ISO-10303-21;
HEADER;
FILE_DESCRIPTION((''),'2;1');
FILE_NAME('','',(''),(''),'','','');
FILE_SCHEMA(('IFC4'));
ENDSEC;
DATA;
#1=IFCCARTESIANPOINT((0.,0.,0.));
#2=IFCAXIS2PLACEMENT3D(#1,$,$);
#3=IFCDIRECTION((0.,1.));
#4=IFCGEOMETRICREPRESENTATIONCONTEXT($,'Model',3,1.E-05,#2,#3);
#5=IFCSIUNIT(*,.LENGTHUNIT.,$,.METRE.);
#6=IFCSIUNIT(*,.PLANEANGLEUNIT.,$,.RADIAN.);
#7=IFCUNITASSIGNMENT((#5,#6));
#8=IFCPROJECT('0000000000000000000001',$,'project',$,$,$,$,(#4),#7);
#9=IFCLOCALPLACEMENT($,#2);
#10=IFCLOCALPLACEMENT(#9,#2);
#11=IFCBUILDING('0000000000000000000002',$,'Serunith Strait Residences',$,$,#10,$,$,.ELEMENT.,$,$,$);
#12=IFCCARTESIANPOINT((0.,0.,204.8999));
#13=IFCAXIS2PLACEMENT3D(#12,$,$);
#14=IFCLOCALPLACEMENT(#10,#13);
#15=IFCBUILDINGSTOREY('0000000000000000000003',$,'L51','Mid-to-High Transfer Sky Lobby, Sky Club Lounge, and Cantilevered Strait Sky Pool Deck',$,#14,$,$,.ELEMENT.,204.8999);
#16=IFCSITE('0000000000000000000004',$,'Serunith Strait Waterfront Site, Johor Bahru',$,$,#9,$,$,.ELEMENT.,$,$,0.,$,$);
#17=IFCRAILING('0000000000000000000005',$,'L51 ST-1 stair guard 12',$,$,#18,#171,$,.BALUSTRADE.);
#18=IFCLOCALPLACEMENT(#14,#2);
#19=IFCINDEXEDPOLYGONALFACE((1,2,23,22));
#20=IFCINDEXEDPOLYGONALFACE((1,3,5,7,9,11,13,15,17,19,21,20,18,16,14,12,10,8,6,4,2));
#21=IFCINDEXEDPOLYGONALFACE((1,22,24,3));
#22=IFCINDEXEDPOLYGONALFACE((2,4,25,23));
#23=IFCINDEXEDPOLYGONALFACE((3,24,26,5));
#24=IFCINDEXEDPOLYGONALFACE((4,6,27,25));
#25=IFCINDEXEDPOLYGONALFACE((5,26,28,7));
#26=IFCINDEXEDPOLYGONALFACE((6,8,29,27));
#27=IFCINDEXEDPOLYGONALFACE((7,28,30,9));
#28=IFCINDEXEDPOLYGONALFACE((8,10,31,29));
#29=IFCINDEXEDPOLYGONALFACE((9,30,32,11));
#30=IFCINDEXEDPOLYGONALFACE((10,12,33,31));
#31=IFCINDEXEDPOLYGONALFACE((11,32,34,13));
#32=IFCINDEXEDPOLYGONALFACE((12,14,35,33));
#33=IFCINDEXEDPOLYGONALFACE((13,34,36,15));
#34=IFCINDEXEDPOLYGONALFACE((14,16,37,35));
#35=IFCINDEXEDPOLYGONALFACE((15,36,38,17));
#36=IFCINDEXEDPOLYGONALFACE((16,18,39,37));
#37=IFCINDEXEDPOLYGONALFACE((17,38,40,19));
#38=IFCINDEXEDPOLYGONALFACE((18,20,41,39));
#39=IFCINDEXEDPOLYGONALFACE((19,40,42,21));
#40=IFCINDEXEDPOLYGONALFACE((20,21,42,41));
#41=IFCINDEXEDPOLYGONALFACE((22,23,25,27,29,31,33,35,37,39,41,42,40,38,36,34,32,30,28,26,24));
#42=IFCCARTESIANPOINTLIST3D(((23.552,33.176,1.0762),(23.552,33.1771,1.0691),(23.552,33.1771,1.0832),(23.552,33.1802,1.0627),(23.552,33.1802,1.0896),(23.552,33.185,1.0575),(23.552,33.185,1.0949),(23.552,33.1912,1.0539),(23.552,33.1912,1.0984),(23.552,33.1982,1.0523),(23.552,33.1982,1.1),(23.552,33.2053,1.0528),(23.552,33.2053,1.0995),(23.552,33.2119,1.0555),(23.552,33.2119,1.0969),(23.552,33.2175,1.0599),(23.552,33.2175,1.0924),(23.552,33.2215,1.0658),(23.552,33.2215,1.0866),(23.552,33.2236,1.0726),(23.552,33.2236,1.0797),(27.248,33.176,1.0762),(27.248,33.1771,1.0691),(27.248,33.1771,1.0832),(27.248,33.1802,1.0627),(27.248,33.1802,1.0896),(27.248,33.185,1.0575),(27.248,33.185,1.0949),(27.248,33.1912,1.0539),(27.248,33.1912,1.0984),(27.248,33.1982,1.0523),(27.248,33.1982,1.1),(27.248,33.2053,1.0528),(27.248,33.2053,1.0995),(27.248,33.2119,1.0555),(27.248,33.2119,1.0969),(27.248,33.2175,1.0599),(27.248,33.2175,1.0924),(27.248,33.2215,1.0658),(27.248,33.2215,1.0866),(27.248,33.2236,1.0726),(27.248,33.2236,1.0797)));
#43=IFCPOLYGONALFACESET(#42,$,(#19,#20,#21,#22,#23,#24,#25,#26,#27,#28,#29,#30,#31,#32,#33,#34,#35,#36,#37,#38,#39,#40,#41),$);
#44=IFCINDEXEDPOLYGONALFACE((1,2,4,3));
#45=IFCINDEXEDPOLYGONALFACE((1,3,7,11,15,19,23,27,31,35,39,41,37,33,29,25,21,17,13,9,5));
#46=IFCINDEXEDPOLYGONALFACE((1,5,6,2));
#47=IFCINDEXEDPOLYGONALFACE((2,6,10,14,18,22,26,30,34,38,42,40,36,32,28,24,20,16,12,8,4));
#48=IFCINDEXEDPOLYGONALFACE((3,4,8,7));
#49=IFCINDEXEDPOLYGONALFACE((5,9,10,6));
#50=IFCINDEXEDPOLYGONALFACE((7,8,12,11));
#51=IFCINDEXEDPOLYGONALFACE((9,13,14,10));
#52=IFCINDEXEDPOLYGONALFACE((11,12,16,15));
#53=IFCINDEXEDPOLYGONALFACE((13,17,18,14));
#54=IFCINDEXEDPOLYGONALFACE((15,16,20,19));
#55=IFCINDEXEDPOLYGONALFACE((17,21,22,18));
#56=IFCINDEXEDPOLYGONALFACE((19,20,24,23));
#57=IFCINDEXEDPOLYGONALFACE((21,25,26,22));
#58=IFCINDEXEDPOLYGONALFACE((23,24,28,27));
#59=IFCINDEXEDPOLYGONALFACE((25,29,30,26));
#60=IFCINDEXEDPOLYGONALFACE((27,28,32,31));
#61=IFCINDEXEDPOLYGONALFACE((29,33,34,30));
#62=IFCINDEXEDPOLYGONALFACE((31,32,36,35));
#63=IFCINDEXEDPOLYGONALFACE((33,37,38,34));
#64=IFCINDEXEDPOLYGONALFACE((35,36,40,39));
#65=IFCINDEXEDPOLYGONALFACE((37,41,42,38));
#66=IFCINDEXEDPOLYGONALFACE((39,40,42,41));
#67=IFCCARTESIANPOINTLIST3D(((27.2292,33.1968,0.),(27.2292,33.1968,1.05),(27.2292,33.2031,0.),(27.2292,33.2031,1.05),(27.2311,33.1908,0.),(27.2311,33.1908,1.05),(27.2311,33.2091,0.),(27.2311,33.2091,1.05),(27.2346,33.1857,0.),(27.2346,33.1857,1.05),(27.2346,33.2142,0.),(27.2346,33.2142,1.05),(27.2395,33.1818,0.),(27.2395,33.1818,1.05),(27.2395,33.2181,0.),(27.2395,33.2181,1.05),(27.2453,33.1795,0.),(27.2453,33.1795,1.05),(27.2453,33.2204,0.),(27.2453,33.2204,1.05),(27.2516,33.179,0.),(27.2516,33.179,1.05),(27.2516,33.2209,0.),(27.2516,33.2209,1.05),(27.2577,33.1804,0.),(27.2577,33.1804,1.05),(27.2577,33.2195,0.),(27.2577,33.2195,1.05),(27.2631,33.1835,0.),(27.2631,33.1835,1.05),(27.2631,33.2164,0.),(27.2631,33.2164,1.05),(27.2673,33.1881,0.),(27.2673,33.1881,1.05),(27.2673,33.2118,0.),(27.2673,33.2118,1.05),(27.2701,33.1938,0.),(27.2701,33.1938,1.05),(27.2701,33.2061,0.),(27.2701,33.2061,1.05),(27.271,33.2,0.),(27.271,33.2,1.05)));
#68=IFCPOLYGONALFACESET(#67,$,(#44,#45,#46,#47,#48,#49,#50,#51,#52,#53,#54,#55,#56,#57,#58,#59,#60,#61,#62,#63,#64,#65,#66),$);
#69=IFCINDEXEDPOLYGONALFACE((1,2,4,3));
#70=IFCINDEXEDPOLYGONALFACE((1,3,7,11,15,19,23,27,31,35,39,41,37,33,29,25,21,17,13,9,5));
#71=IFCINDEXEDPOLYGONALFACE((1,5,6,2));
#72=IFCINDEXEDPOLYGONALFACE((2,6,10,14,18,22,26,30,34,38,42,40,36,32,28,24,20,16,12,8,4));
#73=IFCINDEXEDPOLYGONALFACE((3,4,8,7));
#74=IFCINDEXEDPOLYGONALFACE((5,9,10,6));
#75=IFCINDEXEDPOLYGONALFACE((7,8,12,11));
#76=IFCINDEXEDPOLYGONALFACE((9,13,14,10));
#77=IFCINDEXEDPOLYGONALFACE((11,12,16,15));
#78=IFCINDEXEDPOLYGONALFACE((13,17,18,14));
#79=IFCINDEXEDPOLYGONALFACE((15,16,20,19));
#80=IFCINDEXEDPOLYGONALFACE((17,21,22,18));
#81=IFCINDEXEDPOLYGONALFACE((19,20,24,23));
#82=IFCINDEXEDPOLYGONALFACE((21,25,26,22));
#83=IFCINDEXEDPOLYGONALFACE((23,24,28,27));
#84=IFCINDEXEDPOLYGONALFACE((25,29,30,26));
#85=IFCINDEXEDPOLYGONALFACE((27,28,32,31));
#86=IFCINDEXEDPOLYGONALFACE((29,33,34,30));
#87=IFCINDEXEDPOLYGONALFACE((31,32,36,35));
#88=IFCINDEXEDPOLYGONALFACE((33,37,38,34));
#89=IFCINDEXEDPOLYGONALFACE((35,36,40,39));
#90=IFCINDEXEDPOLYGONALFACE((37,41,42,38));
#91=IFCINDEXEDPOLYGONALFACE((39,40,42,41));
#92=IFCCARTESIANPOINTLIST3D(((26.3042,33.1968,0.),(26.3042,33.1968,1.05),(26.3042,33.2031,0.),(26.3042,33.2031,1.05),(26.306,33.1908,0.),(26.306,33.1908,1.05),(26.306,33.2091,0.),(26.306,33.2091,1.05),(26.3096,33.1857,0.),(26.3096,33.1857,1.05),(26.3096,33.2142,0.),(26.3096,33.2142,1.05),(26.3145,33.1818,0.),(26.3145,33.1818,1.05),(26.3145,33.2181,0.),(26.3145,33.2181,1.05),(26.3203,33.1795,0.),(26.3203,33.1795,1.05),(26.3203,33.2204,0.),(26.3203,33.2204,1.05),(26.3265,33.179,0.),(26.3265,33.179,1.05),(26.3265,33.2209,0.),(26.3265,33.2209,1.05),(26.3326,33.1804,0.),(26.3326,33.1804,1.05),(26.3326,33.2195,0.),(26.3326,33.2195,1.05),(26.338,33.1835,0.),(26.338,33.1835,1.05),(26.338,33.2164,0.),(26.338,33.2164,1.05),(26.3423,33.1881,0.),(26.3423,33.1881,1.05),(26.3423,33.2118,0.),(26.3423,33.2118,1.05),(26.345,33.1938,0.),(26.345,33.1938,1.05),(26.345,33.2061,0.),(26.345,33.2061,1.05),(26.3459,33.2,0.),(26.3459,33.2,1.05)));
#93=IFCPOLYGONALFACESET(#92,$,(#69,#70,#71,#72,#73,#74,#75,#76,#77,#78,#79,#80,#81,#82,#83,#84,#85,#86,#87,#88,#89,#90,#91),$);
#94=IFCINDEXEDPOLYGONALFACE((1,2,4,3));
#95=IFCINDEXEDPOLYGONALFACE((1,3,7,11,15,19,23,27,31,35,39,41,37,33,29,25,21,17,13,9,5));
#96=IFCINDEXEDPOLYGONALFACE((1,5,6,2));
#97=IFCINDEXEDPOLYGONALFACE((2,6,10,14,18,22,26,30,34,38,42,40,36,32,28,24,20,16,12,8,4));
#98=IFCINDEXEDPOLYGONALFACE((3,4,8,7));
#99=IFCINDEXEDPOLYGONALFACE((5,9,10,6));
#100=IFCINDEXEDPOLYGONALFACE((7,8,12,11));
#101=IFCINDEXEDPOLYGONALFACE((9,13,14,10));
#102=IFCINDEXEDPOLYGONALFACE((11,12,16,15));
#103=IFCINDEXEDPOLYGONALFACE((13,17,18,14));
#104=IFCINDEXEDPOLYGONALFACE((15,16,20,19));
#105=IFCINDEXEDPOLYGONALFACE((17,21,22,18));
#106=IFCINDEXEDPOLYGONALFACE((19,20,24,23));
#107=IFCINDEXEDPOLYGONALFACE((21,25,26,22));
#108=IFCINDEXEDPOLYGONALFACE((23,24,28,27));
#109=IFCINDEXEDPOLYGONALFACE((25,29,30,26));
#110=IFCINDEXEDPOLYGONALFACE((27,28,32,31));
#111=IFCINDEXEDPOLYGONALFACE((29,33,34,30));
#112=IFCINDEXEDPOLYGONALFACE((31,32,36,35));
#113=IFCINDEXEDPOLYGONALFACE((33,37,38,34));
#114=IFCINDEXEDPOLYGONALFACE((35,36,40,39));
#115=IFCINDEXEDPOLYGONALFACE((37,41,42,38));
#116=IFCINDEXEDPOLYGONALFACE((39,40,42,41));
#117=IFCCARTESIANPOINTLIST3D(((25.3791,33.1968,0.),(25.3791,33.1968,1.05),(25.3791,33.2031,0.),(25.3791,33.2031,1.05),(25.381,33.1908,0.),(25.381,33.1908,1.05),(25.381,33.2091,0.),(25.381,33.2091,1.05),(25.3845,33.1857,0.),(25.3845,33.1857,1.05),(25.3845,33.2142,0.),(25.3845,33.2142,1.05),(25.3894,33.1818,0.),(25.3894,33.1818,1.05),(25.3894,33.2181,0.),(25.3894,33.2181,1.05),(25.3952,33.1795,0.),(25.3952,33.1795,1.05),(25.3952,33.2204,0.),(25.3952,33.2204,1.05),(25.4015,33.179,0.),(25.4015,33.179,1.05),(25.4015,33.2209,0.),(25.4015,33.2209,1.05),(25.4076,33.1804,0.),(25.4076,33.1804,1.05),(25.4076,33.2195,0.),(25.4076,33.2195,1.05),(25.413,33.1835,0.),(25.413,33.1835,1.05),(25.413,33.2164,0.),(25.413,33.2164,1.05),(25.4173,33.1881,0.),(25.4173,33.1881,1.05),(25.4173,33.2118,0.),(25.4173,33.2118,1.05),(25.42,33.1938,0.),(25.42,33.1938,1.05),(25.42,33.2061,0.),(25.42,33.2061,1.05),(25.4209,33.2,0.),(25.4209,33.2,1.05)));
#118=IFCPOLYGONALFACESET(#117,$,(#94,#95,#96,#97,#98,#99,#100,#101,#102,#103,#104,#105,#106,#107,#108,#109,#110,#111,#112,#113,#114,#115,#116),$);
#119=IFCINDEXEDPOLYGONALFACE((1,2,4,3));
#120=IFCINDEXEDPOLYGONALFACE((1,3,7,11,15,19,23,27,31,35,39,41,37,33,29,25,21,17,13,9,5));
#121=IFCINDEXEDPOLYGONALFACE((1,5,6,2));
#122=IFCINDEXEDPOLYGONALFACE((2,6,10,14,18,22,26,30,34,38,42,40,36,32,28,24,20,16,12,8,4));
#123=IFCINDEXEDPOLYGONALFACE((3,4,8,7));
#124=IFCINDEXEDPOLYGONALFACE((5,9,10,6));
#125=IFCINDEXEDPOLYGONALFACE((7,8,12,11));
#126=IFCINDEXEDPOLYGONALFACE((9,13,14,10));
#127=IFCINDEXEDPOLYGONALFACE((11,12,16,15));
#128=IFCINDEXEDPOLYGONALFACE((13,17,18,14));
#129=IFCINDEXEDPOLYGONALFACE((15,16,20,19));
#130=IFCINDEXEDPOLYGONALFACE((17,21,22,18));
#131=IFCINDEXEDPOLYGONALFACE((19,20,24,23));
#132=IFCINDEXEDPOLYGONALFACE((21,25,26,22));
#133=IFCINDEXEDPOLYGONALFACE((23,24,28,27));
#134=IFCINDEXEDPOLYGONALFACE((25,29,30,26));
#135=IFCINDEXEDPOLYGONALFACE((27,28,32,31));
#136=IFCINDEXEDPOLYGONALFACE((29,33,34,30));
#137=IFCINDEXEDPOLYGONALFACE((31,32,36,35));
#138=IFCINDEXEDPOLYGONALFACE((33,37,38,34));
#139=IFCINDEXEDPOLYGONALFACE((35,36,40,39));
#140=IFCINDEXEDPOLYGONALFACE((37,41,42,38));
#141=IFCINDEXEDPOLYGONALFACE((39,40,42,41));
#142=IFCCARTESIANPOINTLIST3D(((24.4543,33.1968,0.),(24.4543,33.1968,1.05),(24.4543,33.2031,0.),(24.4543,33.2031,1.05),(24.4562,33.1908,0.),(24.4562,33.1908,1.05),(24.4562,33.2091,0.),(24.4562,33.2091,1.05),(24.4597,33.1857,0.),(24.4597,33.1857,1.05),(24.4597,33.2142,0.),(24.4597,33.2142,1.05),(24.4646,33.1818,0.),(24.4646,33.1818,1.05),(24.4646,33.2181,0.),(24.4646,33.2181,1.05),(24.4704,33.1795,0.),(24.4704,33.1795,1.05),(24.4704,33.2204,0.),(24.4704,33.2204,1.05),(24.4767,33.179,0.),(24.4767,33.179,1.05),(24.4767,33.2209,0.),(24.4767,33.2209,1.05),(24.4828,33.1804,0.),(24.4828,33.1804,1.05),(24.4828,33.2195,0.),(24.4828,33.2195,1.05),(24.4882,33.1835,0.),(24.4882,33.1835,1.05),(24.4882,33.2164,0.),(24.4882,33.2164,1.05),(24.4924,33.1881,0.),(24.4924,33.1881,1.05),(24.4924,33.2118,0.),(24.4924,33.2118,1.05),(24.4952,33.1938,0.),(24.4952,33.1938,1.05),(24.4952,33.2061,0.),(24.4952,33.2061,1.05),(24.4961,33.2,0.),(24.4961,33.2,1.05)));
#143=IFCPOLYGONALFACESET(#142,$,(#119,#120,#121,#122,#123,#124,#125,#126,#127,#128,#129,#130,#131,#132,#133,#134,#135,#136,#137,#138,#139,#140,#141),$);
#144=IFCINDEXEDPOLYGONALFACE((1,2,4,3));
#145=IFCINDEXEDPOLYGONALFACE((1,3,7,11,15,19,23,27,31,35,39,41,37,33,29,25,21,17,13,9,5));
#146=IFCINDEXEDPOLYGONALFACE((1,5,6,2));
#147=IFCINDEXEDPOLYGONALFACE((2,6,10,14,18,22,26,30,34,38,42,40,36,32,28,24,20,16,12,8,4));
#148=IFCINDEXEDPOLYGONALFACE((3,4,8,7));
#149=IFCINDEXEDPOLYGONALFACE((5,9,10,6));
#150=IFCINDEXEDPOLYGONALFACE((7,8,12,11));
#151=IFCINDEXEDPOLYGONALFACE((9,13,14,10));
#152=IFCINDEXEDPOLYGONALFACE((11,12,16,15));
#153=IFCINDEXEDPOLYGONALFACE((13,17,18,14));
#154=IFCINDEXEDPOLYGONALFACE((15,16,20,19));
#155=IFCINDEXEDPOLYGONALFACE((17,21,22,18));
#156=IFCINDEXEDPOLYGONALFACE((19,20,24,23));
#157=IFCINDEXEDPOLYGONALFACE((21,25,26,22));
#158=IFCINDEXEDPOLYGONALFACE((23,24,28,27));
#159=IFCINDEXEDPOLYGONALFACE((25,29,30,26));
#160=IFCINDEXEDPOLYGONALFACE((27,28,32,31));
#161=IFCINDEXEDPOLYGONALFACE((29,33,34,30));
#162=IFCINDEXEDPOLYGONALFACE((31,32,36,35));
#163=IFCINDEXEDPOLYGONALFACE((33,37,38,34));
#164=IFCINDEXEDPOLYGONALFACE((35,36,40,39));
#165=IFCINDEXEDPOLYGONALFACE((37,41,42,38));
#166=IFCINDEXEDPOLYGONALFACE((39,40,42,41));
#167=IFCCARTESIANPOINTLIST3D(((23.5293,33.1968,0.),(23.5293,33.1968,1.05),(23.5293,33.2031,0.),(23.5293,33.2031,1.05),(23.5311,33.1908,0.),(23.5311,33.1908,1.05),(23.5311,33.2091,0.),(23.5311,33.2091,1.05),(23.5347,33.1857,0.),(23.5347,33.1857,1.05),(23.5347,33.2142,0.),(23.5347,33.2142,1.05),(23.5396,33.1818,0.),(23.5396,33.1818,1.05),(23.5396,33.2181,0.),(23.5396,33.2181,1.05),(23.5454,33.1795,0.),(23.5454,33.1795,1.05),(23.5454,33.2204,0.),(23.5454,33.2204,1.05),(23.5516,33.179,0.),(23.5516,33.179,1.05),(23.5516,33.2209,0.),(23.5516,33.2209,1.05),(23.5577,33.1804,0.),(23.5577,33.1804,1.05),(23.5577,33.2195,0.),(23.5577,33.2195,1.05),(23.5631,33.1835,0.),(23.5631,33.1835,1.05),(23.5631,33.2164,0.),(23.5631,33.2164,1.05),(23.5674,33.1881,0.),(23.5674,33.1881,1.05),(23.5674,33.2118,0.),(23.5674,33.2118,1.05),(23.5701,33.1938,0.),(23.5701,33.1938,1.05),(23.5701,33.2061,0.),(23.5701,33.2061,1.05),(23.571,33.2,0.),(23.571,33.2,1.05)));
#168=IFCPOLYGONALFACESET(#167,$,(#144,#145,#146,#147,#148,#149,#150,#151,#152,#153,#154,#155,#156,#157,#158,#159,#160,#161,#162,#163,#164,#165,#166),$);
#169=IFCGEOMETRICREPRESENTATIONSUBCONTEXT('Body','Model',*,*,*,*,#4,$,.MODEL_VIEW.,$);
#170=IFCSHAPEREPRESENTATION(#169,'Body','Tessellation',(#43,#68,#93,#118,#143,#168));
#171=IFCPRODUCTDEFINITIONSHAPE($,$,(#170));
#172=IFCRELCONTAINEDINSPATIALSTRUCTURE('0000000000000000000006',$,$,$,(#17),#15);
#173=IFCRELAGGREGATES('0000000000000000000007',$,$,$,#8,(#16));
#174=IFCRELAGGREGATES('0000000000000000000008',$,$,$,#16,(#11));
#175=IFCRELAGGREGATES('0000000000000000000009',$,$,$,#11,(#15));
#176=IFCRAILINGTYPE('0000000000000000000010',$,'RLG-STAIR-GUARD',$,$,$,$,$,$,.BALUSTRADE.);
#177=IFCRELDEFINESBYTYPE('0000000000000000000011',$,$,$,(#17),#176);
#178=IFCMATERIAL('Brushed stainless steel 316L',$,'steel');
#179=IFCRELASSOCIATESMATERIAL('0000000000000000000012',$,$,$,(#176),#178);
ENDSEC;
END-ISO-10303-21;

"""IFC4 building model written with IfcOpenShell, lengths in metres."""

from ifc_helpers import new_model, si_unit, direction, frame, origin, origin_2d, place, context, subcontext, project, spatial, circle, extrude, material, type_object, element, save


model = new_model("IFC4")

# Units and contexts
model_context = context("Model", 3, precision=1e-05, world=origin(), true_north=direction((0.0, 1.0)))
body_context = subcontext(model_context, "Body", "Model", "MODEL_VIEW")
ifc_project = project(units=[si_unit("LENGTHUNIT", "METRE"), si_unit("PLANEANGLEUNIT", "RADIAN")], contexts=[model_context])

# Site, building, storey
site_placement = place(None, origin())
site = spatial("IfcSite", under=ifc_project, at=site_placement, Name="Serunith Strait Waterfront Site, Johor Bahru", CompositionType="ELEMENT", RefElevation=0.0)
building_placement = place(site_placement, origin())
building = spatial("IfcBuilding", under=site, at=building_placement, Name="Serunith Strait Residences", CompositionType="ELEMENT")
storey_placement = place(building_placement, frame((0.0, 0.0, 204.8999)))
storey = spatial("IfcBuildingStorey", under=building, at=storey_placement, Name="L51", Description="Mid-to-High Transfer Sky Lobby, Sky Club Lounge, and Cantilevered Strait Sky Pool Deck", CompositionType="ELEMENT", Elevation=204.8999)

# Railing
ifc_material_1 = material(Name="Brushed stainless steel 316L", Category="steel")
railing_type_1 = type_object("IfcRailingType", Name="RLG-STAIR-GUARD", PredefinedType="BALUSTRADE", material=ifc_material_1)
railing_1_placement = place(storey_placement, frame((27.25, 33.2, 0.0)))
element("IfcRailing", 1, at=railing_1_placement, inside=storey, type_object=railing_type_1, Name="L51 ST-1 stair guard 12", PredefinedType="BALUSTRADE", context=body_context, shape_type="SweptSolid", body=[
    extrude(circle(Radius=0.0239, at=origin_2d()), frame((-0.002, 0.0, 1.0762), z_axis=(-1.0, 0.0, 0.0), x_axis=(0.0, -1.0, 0.0)), (0.0, 0.0, 1.0), 3.696),
    extrude(circle(Radius=0.021, at=origin_2d()), origin(), (0.0, 0.0, 1.0), 1.05),
    extrude(circle(Radius=0.021, at=origin_2d()), frame((-0.925, 0.0, 0.0)), (0.0, 0.0, 1.0), 1.05),
    extrude(circle(Radius=0.021, at=origin_2d()), frame((-1.8501, 0.0, 0.0)), (0.0, 0.0, 1.0), 1.05),
    extrude(circle(Radius=0.021, at=origin_2d()), frame((-2.7749, 0.0, 0.0)), (0.0, 0.0, 1.0), 1.05),
    extrude(circle(Radius=0.021, at=origin_2d()), frame((-3.7, 0.0, 0.0)), (0.0, 0.0, 1.0), 1.05),
])

save(model, "model.ifc")
